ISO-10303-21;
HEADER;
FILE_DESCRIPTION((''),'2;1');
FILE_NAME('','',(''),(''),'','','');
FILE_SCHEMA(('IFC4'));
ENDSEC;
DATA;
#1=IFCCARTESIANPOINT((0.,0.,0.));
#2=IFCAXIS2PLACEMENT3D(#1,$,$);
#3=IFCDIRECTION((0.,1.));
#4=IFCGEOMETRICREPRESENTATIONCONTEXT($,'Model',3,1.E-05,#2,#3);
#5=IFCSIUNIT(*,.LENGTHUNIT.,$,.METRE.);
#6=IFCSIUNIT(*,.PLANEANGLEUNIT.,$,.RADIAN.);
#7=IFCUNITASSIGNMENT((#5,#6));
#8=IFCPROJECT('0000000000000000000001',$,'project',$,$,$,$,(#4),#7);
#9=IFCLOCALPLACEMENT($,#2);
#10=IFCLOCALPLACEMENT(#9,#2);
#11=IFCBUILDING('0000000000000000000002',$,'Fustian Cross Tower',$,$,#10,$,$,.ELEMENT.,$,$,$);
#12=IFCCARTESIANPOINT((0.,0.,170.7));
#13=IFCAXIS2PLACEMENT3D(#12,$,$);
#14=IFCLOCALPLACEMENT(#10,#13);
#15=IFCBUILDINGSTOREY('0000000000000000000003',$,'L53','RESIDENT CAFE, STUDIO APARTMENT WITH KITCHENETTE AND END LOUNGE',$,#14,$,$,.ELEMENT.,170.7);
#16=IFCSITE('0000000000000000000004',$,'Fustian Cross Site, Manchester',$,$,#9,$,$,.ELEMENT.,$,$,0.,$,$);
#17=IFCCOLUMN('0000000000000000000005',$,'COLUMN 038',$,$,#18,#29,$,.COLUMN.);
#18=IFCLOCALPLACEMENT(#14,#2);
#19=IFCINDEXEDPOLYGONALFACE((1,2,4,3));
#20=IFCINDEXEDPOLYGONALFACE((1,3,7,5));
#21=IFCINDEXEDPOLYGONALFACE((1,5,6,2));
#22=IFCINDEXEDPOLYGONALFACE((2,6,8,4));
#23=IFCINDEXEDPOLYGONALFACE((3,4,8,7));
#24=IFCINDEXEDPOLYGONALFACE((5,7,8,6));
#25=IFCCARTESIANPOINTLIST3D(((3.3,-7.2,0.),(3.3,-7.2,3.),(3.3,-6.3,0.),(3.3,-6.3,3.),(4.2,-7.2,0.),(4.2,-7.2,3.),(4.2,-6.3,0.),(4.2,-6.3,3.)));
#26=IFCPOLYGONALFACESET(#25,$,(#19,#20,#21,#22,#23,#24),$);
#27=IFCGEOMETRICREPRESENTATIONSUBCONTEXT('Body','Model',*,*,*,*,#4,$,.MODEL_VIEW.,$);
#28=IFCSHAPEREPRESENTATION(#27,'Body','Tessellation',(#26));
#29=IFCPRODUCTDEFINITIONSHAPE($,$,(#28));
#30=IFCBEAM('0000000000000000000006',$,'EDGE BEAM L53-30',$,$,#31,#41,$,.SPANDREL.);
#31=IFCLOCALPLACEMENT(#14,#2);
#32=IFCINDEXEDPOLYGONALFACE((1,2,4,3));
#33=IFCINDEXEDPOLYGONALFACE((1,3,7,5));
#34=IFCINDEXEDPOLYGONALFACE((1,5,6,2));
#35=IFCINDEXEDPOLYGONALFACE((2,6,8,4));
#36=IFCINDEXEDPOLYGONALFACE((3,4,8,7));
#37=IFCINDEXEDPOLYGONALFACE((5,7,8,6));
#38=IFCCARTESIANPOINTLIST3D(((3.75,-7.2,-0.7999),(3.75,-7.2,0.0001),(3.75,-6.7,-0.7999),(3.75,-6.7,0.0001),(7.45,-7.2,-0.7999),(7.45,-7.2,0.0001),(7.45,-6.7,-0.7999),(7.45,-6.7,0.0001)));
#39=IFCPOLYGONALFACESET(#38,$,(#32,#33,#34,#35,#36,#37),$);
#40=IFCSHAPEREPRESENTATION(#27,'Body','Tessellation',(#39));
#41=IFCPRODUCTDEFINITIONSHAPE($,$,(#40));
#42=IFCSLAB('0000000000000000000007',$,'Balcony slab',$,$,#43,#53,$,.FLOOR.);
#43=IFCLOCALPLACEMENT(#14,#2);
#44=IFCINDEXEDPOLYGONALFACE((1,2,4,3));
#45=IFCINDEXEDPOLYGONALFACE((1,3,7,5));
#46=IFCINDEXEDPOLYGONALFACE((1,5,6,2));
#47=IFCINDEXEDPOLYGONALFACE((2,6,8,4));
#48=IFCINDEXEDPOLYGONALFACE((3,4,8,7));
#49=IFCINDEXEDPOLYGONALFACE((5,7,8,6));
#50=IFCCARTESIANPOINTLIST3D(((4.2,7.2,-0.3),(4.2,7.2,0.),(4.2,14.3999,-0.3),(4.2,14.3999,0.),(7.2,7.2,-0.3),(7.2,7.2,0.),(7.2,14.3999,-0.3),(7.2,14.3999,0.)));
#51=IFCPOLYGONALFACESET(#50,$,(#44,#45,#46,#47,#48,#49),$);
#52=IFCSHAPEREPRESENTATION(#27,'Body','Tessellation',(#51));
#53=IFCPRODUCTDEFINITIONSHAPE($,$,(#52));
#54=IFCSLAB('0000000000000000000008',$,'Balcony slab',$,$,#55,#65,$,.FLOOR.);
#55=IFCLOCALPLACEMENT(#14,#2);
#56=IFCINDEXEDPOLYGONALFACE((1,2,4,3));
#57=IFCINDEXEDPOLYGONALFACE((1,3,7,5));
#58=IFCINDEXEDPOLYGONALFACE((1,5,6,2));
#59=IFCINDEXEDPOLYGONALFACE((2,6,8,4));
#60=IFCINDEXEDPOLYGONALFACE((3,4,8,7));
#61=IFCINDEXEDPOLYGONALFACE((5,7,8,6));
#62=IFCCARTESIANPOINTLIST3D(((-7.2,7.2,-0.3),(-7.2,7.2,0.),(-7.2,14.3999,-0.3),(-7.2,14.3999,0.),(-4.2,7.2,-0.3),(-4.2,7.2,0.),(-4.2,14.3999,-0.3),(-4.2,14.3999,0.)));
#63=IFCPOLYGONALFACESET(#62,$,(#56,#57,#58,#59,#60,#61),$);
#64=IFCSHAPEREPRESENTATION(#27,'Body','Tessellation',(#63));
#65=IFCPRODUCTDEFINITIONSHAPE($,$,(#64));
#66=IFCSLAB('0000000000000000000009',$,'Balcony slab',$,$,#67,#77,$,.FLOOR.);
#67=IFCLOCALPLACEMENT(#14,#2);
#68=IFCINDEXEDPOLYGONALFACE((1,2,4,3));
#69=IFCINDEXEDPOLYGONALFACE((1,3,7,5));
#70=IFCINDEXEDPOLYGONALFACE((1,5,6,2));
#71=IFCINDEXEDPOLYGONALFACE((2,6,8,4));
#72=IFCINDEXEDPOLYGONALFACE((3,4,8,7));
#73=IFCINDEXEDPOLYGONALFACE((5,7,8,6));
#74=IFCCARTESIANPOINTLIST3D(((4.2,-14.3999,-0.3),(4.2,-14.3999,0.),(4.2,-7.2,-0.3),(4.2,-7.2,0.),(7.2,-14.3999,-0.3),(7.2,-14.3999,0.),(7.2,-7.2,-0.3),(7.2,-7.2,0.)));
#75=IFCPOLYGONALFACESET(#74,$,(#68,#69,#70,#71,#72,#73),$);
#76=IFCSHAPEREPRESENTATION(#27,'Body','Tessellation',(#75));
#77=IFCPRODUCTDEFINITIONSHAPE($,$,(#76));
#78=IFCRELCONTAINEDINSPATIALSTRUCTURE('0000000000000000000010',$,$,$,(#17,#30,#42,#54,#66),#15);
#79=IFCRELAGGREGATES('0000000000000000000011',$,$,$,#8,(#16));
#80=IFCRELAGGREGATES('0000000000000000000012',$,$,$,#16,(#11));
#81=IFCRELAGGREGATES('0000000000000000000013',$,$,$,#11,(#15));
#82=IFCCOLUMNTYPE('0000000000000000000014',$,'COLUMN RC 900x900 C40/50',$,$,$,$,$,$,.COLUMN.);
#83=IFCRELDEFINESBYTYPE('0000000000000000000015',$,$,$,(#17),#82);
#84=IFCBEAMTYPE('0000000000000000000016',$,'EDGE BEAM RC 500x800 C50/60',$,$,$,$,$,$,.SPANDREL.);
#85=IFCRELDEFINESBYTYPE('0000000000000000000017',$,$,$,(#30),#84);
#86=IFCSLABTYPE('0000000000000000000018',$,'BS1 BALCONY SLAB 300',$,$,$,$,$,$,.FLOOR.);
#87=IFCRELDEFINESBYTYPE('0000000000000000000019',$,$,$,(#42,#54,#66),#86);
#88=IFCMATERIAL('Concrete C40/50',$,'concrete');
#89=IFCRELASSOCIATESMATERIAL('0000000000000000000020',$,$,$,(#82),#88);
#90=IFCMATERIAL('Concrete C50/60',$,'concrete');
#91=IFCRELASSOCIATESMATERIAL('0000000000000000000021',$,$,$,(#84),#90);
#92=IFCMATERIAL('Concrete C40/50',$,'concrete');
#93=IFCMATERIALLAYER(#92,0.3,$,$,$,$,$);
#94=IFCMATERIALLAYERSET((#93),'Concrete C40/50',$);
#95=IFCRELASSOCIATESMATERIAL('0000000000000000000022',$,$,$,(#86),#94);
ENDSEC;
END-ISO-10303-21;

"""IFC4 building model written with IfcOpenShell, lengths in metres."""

from ifc_helpers import new_model, si_unit, direction, frame, origin, origin_2d, place, context, subcontext, project, spatial, polyline, rectangle, outline, extrude, material, layer, layer_set, material_profile, profile_set, type_object, element, save


model = new_model("IFC4")

# Units and contexts
model_context = context("Model", 3, precision=1e-05, world=origin(), true_north=direction((0.0, 1.0)))
body_context = subcontext(model_context, "Body", "Model", "MODEL_VIEW")
ifc_project = project(units=[si_unit("LENGTHUNIT", "METRE"), si_unit("PLANEANGLEUNIT", "RADIAN")], contexts=[model_context])

# Site, building, storey
site_placement = place(None, origin())
site = spatial("IfcSite", under=ifc_project, at=site_placement, Name="Fustian Cross Site, Manchester", CompositionType="ELEMENT", RefElevation=0.0)
building_placement = place(site_placement, origin())
building = spatial("IfcBuilding", under=site, at=building_placement, Name="Fustian Cross Tower", CompositionType="ELEMENT")
storey_placement = place(building_placement, frame((0.0, 0.0, 170.7)))
storey = spatial("IfcBuildingStorey", under=building, at=storey_placement, Name="L53", Description="RESIDENT CAFE, STUDIO APARTMENT WITH KITCHENETTE AND END LOUNGE", CompositionType="ELEMENT", Elevation=170.7)

# Column
ifc_material_1 = material(Name="Concrete C40/50", Category="concrete")
ifc_material_profile_1 = material_profile(ifc_material_1, rectangle(XDim=0.8999, YDim=0.8999, at=origin_2d()), Name="RC 900x900")
ifc_profile_set_1 = profile_set([ifc_material_profile_1], Name="Concrete C40/50")
column_type = type_object("IfcColumnType", Name="COLUMN RC 900x900 C40/50", PredefinedType="COLUMN", material=ifc_profile_set_1)
column_placement = place(storey_placement, frame((3.75, -6.75, 0.0), z_axis=(0.0, 0.0, 1.0), x_axis=(1.0, 0.0, 0.0)))
element("IfcColumn", 1, at=column_placement, inside=storey, type_object=column_type, Name="COLUMN 038", PredefinedType="COLUMN", context=body_context, shape_type="SweptSolid", body=[
    extrude(rectangle(XDim=0.8999, YDim=0.8999, at=origin_2d()), origin(), (0.0, 0.0, 1.0), 3.0),
])

# Beam
ifc_material_2 = material(Name="Concrete C50/60", Category="concrete")
ifc_material_profile_2 = material_profile(ifc_material_2, rectangle(XDim=0.5, YDim=0.8, at=origin_2d()), Name="RC 500x800")
ifc_profile_set_2 = profile_set([ifc_material_profile_2], Name="Concrete C50/60")
beam_type = type_object("IfcBeamType", Name="EDGE BEAM RC 500x800 C50/60", PredefinedType="SPANDREL", material=ifc_profile_set_2)
beam_placement = place(storey_placement, frame((3.75, -6.95, -0.3999), z_axis=(1.0, 0.0, 0.0), x_axis=(0.0, 1.0, 0.0)))
element("IfcBeam", 2, at=beam_placement, inside=storey, type_object=beam_type, Name="EDGE BEAM L53-30", PredefinedType="SPANDREL", context=body_context, shape_type="SweptSolid", body=[
    extrude(rectangle(XDim=0.5, YDim=0.8, at=origin_2d()), origin(), (0.0, 0.0, 1.0), 3.7),
])

# Slabs
ifc_material_3 = material(Name="Concrete C40/50", Category="concrete")
ifc_layer_1 = layer(ifc_material_3, 0.3)
ifc_layer_set_1 = layer_set([ifc_layer_1], Name="Concrete C40/50")
slab_type_1 = type_object("IfcSlabType", Name="BS1 BALCONY SLAB 300", PredefinedType="FLOOR", material=ifc_layer_set_1)
slab_1_placement = place(storey_placement, frame((0.0, 0.0, -0.3)))
element("IfcSlab", 3, at=slab_1_placement, inside=storey, type_object=slab_type_1, Name="Balcony slab", PredefinedType="FLOOR", context=body_context, shape_type="SweptSolid", body=[
    extrude(outline(polyline([(4.2, 7.2), (7.2, 7.2), (7.2, 14.3999), (4.2, 14.3999), (4.2, 7.2)])), origin(), (0.0, 0.0, 1.0), 0.3),
])
slab_2_placement = place(storey_placement, frame((0.0, 0.0, -0.3)))
element("IfcSlab", 4, at=slab_2_placement, inside=storey, type_object=slab_type_1, Name="Balcony slab", PredefinedType="FLOOR", context=body_context, shape_type="SweptSolid", body=[
    extrude(outline(polyline([(-7.2, 7.2), (-4.2, 7.2), (-4.2, 14.3999), (-7.2, 14.3999), (-7.2, 7.2)])), origin(), (0.0, 0.0, 1.0), 0.3),
])
slab_3_placement = place(storey_placement, frame((0.0, 0.0, -0.3)))
element("IfcSlab", 5, at=slab_3_placement, inside=storey, type_object=slab_type_1, Name="Balcony slab", PredefinedType="FLOOR", context=body_context, shape_type="SweptSolid", body=[
    extrude(outline(polyline([(4.2, -14.3999), (7.2, -14.3999), (7.2, -7.2), (4.2, -7.2), (4.2, -14.3999)])), origin(), (0.0, 0.0, 1.0), 0.3),
])

save(model, "model.ifc")
